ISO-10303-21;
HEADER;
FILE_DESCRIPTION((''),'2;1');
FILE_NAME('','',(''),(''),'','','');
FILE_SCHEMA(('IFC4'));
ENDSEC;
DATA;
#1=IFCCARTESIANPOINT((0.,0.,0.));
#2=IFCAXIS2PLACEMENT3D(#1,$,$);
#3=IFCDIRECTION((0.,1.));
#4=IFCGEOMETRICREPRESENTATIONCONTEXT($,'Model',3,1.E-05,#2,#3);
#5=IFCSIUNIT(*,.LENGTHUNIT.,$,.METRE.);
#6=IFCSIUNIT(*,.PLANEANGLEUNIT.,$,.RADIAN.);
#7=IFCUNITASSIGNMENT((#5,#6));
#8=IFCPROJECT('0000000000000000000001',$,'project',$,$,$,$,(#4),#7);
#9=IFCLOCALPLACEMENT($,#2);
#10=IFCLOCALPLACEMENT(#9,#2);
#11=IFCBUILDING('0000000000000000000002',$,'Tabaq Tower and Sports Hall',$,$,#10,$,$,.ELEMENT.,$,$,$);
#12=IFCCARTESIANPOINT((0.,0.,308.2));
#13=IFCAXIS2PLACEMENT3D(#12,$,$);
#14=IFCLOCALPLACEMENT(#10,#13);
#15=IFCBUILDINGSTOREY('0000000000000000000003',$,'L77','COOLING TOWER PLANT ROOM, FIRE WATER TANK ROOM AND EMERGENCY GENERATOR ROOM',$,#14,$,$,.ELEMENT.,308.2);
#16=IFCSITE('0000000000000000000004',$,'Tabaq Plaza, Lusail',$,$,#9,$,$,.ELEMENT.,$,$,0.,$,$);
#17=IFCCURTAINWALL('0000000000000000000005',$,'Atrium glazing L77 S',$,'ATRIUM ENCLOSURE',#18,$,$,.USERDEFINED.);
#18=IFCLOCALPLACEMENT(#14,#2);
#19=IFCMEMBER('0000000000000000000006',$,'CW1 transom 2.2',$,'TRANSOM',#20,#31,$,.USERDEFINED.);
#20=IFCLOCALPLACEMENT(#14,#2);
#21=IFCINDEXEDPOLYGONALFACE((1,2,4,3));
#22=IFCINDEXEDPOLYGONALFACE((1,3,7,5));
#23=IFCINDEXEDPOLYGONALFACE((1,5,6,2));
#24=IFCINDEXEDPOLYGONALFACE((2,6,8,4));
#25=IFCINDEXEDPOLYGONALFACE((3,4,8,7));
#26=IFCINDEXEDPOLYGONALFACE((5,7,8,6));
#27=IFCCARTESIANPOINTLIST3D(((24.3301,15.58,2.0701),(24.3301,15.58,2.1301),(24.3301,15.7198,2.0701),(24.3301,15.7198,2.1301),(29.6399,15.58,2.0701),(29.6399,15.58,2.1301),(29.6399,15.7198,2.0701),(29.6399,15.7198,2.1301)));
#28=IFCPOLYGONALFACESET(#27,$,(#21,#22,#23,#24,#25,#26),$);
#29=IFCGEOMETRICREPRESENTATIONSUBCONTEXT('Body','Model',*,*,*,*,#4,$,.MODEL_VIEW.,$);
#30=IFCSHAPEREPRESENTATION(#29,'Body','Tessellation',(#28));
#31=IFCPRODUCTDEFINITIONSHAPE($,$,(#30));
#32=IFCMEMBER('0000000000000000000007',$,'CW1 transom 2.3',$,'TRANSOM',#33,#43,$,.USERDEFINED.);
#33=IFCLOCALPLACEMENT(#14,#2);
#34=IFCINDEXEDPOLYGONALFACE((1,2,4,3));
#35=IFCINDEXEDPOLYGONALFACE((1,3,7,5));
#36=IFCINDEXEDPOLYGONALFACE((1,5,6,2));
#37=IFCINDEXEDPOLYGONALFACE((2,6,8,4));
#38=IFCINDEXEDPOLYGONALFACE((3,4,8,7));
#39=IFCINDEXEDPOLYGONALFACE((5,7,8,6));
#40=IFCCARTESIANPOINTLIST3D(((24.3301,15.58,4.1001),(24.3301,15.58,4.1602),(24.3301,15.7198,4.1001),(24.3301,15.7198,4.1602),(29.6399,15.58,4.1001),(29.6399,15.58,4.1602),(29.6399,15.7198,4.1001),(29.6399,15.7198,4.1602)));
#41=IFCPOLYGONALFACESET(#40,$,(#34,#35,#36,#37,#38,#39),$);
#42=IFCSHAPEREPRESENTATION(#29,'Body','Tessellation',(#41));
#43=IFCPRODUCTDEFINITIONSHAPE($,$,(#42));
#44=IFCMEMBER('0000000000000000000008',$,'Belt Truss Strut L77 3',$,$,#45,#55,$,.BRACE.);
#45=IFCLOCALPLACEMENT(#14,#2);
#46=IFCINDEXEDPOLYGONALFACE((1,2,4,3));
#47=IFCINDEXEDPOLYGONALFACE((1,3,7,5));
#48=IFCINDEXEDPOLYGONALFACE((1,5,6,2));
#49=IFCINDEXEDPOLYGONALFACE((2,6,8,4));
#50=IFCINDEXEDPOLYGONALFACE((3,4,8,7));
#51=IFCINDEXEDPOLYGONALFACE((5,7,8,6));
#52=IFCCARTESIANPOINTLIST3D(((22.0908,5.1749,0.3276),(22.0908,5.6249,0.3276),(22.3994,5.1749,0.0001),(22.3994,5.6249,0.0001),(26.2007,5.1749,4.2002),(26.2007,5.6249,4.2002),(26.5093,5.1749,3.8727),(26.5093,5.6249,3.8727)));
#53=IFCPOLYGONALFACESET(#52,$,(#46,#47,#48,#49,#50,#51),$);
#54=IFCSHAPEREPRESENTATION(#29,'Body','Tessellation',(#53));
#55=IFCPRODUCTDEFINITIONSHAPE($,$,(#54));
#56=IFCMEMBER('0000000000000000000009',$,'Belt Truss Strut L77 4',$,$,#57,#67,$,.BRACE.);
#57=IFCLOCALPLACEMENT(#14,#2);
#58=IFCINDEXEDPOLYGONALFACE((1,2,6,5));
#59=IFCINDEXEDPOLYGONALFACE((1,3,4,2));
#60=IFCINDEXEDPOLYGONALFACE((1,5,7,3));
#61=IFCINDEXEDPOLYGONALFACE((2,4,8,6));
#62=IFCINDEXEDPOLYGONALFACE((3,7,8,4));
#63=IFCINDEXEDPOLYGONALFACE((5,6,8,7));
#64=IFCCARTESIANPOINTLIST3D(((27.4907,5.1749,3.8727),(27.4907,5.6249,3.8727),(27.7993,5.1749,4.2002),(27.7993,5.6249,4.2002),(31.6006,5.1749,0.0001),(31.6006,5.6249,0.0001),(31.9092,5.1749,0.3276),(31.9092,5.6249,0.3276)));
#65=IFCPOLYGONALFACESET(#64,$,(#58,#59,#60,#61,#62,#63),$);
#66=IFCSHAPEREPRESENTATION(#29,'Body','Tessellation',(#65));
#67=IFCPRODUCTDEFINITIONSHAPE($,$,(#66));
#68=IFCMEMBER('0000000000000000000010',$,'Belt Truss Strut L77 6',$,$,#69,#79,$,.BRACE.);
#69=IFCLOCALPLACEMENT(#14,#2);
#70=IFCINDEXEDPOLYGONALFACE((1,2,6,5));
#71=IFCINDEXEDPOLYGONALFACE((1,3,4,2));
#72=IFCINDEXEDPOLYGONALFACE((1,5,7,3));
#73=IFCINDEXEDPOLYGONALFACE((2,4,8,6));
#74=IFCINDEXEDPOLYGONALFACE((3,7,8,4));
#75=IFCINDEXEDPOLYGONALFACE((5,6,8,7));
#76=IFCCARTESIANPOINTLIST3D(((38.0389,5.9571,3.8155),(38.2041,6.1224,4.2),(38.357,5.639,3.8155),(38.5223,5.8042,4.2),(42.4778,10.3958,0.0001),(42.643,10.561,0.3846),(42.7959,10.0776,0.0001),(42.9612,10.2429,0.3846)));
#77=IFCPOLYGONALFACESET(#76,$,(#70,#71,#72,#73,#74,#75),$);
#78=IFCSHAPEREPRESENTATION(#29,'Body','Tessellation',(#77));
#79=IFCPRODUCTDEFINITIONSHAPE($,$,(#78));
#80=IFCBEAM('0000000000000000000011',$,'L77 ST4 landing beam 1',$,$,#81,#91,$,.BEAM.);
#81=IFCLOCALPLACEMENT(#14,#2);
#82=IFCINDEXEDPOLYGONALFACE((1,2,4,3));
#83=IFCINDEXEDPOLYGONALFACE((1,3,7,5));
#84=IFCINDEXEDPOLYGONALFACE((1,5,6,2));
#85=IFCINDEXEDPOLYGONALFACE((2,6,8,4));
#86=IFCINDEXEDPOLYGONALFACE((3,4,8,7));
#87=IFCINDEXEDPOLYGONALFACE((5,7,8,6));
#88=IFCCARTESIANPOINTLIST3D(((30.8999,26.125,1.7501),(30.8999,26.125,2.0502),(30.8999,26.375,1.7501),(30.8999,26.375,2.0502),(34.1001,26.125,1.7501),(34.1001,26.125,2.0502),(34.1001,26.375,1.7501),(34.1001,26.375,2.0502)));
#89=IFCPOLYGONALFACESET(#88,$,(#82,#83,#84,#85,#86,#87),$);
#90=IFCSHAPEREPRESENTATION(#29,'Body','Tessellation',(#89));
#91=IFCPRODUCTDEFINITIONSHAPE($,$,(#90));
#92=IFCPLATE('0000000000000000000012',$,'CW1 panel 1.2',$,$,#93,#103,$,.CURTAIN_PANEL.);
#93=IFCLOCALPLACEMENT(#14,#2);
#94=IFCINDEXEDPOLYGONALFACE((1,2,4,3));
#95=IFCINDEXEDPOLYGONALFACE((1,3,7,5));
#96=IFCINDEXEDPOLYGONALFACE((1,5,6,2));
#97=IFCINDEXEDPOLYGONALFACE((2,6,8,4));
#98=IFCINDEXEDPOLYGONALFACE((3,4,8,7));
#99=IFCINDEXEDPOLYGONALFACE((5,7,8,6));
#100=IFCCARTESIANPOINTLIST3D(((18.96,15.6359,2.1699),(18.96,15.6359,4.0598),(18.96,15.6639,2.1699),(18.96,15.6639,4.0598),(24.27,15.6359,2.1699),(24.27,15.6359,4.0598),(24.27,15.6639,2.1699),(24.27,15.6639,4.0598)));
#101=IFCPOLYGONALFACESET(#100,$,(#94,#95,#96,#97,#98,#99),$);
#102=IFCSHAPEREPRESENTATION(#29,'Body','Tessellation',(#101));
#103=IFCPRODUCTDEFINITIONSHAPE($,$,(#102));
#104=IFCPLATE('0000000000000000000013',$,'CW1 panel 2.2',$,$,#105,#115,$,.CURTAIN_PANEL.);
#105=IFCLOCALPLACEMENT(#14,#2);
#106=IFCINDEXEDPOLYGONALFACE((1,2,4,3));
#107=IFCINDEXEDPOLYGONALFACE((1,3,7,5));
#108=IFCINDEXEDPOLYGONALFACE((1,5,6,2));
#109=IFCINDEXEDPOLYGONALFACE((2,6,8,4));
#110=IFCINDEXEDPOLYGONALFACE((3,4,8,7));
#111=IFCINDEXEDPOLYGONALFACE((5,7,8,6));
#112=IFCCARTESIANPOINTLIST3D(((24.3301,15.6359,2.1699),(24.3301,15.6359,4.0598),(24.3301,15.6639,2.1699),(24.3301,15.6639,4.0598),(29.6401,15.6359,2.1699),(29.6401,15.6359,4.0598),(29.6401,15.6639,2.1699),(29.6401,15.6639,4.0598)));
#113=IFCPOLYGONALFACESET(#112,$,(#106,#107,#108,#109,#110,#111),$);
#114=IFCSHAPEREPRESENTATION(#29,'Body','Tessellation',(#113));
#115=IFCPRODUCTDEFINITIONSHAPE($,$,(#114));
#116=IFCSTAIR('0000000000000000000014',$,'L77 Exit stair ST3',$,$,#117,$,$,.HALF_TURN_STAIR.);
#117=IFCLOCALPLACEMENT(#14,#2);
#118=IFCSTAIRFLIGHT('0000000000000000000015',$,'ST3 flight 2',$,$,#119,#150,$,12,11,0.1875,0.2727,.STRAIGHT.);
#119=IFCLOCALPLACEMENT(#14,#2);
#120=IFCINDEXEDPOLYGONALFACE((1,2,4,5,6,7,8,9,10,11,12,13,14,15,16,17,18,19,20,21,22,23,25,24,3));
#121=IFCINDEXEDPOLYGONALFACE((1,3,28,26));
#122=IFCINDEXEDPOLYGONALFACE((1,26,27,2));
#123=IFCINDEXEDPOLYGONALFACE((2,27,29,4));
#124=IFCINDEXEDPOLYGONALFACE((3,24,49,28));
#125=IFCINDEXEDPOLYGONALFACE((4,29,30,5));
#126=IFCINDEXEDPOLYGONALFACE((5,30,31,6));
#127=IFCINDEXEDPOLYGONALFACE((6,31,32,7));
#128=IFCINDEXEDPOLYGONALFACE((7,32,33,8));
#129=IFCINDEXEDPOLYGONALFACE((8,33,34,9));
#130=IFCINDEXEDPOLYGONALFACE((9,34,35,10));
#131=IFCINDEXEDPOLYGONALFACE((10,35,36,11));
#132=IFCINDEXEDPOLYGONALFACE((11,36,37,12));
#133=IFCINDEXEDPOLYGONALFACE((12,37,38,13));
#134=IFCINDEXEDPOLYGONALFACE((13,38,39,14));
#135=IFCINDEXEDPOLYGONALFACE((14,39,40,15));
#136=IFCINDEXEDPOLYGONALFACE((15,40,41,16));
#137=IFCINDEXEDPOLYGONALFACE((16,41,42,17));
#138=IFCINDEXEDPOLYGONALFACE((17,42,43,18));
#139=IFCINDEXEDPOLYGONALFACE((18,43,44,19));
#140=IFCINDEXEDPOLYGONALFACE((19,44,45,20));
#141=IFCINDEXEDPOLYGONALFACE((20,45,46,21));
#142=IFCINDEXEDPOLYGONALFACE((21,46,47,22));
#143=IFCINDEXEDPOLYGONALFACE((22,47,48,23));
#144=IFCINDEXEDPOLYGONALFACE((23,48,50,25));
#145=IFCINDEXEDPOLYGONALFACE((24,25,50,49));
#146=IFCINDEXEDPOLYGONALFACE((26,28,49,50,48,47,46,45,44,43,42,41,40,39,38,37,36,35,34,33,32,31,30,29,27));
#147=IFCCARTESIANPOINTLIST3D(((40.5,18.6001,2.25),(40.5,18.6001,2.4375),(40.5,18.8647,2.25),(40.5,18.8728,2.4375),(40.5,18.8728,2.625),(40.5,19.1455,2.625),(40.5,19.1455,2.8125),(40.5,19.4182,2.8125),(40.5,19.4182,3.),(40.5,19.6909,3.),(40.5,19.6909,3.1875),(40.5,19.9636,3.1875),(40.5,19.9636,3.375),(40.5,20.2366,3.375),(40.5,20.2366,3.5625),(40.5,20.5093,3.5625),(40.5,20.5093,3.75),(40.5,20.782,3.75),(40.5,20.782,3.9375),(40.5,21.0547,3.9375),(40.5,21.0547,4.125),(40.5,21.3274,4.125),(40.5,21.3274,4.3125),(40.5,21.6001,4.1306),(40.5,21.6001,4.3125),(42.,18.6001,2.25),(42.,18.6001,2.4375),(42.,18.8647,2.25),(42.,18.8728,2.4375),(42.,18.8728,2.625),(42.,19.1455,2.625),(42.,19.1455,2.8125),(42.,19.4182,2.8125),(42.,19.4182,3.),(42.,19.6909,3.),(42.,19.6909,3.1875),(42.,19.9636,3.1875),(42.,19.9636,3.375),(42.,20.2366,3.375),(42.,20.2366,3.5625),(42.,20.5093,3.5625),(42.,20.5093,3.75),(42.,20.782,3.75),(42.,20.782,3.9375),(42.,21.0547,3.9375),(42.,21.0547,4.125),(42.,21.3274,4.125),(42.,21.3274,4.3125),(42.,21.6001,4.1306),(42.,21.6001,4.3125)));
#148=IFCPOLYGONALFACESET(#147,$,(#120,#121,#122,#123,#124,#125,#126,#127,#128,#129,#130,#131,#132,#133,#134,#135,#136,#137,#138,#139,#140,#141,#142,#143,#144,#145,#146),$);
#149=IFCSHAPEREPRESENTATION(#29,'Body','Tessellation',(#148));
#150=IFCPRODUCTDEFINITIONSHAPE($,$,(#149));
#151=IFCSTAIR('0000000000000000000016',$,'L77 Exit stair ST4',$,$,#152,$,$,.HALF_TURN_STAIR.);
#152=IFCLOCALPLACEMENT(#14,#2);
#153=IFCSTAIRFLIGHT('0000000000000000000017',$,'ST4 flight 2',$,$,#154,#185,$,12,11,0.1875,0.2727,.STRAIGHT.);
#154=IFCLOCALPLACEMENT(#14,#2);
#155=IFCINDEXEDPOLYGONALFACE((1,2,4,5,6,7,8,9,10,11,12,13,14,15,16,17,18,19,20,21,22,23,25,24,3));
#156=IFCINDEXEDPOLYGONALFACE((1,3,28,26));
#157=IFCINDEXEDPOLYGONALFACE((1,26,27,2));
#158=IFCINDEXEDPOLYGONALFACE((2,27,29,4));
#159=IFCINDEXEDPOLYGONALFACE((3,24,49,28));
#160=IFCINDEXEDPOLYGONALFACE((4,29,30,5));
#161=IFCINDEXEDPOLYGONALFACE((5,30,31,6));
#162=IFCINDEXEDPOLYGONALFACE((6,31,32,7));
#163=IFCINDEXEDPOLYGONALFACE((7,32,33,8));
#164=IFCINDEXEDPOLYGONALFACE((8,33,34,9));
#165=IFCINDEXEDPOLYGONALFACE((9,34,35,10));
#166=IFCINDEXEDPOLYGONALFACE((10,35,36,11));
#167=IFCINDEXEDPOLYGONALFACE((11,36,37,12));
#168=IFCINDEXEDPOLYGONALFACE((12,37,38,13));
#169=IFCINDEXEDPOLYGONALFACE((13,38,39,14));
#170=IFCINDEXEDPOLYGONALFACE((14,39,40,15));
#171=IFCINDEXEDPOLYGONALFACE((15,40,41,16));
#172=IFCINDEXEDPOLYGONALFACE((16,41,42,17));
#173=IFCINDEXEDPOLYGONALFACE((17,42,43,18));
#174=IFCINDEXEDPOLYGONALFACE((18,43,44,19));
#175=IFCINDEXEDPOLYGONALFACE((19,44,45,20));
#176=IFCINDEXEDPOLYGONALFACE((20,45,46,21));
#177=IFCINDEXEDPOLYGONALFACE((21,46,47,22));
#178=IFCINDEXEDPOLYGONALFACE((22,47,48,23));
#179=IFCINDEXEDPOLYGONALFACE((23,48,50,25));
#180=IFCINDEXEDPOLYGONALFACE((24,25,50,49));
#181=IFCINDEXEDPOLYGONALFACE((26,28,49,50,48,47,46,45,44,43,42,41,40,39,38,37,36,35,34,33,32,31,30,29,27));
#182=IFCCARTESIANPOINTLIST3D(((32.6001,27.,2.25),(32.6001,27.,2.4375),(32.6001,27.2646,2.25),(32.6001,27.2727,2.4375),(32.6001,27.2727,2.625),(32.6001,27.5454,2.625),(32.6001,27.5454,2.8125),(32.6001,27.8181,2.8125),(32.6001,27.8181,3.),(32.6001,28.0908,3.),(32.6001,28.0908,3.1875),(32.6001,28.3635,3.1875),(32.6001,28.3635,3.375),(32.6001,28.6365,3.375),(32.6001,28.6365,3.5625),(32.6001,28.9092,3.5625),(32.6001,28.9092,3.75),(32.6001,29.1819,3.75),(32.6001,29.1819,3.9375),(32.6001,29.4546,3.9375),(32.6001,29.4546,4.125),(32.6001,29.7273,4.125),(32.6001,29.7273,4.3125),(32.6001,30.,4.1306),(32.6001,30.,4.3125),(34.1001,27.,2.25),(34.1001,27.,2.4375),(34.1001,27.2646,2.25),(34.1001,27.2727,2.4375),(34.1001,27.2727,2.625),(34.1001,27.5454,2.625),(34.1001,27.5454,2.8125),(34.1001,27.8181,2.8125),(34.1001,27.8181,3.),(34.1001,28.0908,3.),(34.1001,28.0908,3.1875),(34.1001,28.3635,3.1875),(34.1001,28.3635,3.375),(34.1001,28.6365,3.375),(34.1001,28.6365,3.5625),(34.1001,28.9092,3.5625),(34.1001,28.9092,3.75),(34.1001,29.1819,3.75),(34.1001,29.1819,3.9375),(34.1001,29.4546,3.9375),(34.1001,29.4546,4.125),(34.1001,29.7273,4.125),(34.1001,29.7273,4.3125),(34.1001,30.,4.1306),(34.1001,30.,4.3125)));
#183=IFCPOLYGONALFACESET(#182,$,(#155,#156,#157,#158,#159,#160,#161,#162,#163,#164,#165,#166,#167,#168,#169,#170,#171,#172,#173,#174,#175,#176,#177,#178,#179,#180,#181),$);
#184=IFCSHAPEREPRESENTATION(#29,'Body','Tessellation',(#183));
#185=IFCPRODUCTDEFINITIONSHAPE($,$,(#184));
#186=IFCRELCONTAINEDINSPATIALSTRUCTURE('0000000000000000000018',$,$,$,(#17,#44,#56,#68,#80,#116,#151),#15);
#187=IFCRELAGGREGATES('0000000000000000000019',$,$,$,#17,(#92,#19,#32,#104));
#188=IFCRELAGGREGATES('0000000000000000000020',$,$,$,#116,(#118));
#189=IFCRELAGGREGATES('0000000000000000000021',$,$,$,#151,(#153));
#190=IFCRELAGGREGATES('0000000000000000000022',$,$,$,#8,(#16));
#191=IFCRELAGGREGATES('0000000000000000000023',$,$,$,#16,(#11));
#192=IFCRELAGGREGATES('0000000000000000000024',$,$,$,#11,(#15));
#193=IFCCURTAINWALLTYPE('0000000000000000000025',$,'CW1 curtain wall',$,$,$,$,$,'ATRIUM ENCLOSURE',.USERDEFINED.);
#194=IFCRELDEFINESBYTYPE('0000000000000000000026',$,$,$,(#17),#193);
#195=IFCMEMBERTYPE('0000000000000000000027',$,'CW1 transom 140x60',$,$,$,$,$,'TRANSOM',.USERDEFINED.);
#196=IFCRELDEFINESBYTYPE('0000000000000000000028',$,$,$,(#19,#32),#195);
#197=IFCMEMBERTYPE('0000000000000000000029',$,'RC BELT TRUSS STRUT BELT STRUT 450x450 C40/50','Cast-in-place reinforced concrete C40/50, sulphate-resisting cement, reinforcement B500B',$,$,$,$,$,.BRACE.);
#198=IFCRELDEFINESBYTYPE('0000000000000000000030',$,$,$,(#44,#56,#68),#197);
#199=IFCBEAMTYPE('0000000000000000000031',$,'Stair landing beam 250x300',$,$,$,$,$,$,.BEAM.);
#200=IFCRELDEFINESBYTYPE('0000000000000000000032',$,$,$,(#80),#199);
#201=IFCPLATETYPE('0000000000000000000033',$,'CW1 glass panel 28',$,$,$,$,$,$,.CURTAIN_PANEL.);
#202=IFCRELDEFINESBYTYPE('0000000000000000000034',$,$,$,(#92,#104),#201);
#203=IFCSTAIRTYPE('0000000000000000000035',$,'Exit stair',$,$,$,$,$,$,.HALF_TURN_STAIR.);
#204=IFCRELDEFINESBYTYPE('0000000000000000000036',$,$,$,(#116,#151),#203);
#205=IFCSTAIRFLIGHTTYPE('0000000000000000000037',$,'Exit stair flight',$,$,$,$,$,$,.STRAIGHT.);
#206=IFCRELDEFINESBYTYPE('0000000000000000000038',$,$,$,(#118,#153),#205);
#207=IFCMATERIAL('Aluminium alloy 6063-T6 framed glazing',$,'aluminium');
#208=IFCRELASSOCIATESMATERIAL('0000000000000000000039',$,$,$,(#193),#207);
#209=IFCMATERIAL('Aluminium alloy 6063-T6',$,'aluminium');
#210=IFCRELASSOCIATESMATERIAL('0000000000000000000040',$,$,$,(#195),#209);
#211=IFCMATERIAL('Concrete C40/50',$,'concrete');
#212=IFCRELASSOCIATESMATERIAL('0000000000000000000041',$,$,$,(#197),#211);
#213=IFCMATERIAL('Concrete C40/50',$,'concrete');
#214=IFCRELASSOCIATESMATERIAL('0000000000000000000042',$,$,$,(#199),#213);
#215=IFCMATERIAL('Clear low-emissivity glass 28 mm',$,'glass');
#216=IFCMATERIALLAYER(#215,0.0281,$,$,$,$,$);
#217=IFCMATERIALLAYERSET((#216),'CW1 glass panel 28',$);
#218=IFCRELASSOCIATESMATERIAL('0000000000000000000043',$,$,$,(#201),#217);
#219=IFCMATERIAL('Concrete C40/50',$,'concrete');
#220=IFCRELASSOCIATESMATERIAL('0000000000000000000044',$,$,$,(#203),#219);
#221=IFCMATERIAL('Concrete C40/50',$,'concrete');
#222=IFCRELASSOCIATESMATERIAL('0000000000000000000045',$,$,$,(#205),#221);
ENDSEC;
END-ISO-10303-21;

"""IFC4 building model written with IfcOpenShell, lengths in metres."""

from ifc_helpers import new_model, si_unit, direction, frame, origin, origin_2d, place, context, subcontext, project, spatial, polyline, rectangle, outline, extrude, material, layer, layer_set, material_profile, profile_set, type_object, element, aggregate, save


model = new_model("IFC4")

# Units and contexts
model_context = context("Model", 3, precision=1e-05, world=origin(), true_north=direction((0.0, 1.0)))
body_context = subcontext(model_context, "Body", "Model", "MODEL_VIEW")
ifc_project = project(units=[si_unit("LENGTHUNIT", "METRE"), si_unit("PLANEANGLEUNIT", "RADIAN")], contexts=[model_context])

# Site, building, storey
site_placement = place(None, origin())
site = spatial("IfcSite", under=ifc_project, at=site_placement, Name="Tabaq Plaza, Lusail", CompositionType="ELEMENT", RefElevation=0.0)
building_placement = place(site_placement, origin())
building = spatial("IfcBuilding", under=site, at=building_placement, Name="Tabaq Tower and Sports Hall", CompositionType="ELEMENT")
storey_placement = place(building_placement, frame((0.0, 0.0, 308.2)))
storey = spatial("IfcBuildingStorey", under=building, at=storey_placement, Name="L77", Description="COOLING TOWER PLANT ROOM, FIRE WATER TANK ROOM AND EMERGENCY GENERATOR ROOM", CompositionType="ELEMENT", Elevation=308.2)

# Curtain wall, members
ifc_material_1 = material(Name="Aluminium alloy 6063-T6 framed glazing", Category="aluminium")
curtain_wall_type = type_object("IfcCurtainWallType", Name="CW1 curtain wall", ElementType="ATRIUM ENCLOSURE", PredefinedType="USERDEFINED", material=ifc_material_1)
curtain_wall_placement = place(storey_placement, origin())
curtain_wall = element("IfcCurtainWall", 1, at=curtain_wall_placement, inside=storey, type_object=curtain_wall_type, Name="Atrium glazing L77 S", ObjectType="ATRIUM ENCLOSURE", PredefinedType="USERDEFINED")
ifc_material_2 = material(Name="Aluminium alloy 6063-T6", Category="aluminium")
ifc_material_profile_1 = material_profile(ifc_material_2, rectangle(XDim=0.1399, YDim=0.0601, at=origin_2d()), Name="TRANSOM 140x60")
ifc_profile_set_1 = profile_set([ifc_material_profile_1], Name="Aluminium alloy 6063-T6")
member_type_1 = type_object("IfcMemberType", Name="CW1 transom 140x60", ElementType="TRANSOM", PredefinedType="USERDEFINED", material=ifc_profile_set_1)
member_1_placement = place(storey_placement, frame((24.3301, 15.6499, 2.1001), z_axis=(1.0, 0.0, 0.0), x_axis=(0.0, 1.0, 0.0)))
member_1 = element("IfcMember", 2, at=member_1_placement, type_object=member_type_1, Name="CW1 transom 2.2", ObjectType="TRANSOM", PredefinedType="USERDEFINED", context=body_context, shape_type="SweptSolid", body=[
    extrude(rectangle(XDim=0.1399, YDim=0.0601, at=origin_2d()), origin(), (0.0, 0.0, 1.0), 5.3098),
])
member_2_placement = place(storey_placement, frame((24.3301, 15.6499, 4.1301), z_axis=(1.0, 0.0, 0.0), x_axis=(0.0, 1.0, 0.0)))
member_2 = element("IfcMember", 3, at=member_2_placement, type_object=member_type_1, Name="CW1 transom 2.3", ObjectType="TRANSOM", PredefinedType="USERDEFINED", context=body_context, shape_type="SweptSolid", body=[
    extrude(rectangle(XDim=0.1399, YDim=0.0601, at=origin_2d()), origin(), (0.0, 0.0, 1.0), 5.3098),
])

# Members
ifc_material_3 = material(Name="Concrete C40/50", Category="concrete")
ifc_material_profile_2 = material_profile(ifc_material_3, rectangle(XDim=0.45, YDim=0.45, at=origin_2d()), Name="BELT STRUT 450x450")
ifc_profile_set_2 = profile_set([ifc_material_profile_2], Name="Concrete C40/50")
member_type_2 = type_object("IfcMemberType", Name="RC BELT TRUSS STRUT BELT STRUT 450x450 C40/50", Description="Cast-in-place reinforced concrete C40/50, sulphate-resisting cement, reinforcement B500B", PredefinedType="BRACE", material=ifc_profile_set_2)
for number, where, z_axis, x_axis, name in (
    (4, (22.2451, 5.3999, 0.1638), (0.727806, 0.0, 0.685783), (0.0, 1.0, 0.0), "Belt Truss Strut L77 3"),
    (5, (31.7549, 5.3999, 0.1638), (-0.727806, 0.0, 0.685783), (0.0, -1.0, 0.0), "Belt Truss Strut L77 4"),
):
    element("IfcMember", number, at=place(storey_placement, frame(where, z_axis=z_axis, x_axis=x_axis)), inside=storey, type_object=member_type_2, Name=name, PredefinedType="BRACE", context=body_context, shape_type="SweptSolid", body=[
        extrude(rectangle(XDim=0.45, YDim=0.45, at=origin_2d()), origin(), (0.0, 0.0, 1.0), 5.647),
    ])
member_3_placement = place(storey_placement, frame((42.7195, 10.3193, 0.1924), z_axis=(-0.604267, -0.604234, 0.519387), x_axis=(0.707087, -0.707126, 0.0)))
element("IfcMember", 6, at=member_3_placement, inside=storey, type_object=member_type_2, Name="Belt Truss Strut L77 6", PredefinedType="BRACE", context=body_context, shape_type="SweptSolid", body=[
    extrude(rectangle(XDim=0.45, YDim=0.45, at=origin_2d()), origin(), (0.0, 0.0, 1.0), 7.3459),
])

# Beam
ifc_material_4 = material(Name="Concrete C40/50", Category="concrete")
ifc_material_profile_3 = material_profile(ifc_material_4, rectangle(XDim=0.25, YDim=0.3, at=origin_2d()), Name="RC 250x300")
ifc_profile_set_3 = profile_set([ifc_material_profile_3], Name="Concrete C40/50")
beam_type = type_object("IfcBeamType", Name="Stair landing beam 250x300", PredefinedType="BEAM", material=ifc_profile_set_3)
beam_placement = place(storey_placement, frame((30.8999, 26.25, 1.9001), z_axis=(1.0, 0.0, 0.0), x_axis=(0.0, 1.0, 0.0)))
element("IfcBeam", 7, at=beam_placement, inside=storey, type_object=beam_type, Name="L77 ST4 landing beam 1", PredefinedType="BEAM", context=body_context, shape_type="SweptSolid", body=[
    extrude(rectangle(XDim=0.25, YDim=0.3, at=origin_2d()), origin(), (0.0, 0.0, 1.0), 3.2002),
])

# Plates
ifc_material_5 = material(Name="Clear low-emissivity glass 28 mm", Category="glass")
ifc_layer_1 = layer(ifc_material_5, 0.0281)
ifc_layer_set_1 = layer_set([ifc_layer_1], Name="CW1 glass panel 28")
plate_type_1 = type_object("IfcPlateType", Name="CW1 glass panel 28", PredefinedType="CURTAIN_PANEL", material=ifc_layer_set_1)
plate_1_placement = place(storey_placement, frame((21.615, 15.6499, 2.1699), z_axis=(0.0, 0.0, 1.0), x_axis=(1.0, 0.0, 0.0)))
plate_1 = element("IfcPlate", 8, at=plate_1_placement, type_object=plate_type_1, Name="CW1 panel 1.2", PredefinedType="CURTAIN_PANEL", context=body_context, shape_type="SweptSolid", body=[
    extrude(rectangle(XDim=5.3101, YDim=0.0281, at=origin_2d()), origin(), (0.0, 0.0, 1.0), 1.8899),
])
plate_2_placement = place(storey_placement, frame((26.9851, 15.6499, 2.1699), z_axis=(0.0, 0.0, 1.0), x_axis=(1.0, 0.0, 0.0)))
plate_2 = element("IfcPlate", 9, at=plate_2_placement, type_object=plate_type_1, Name="CW1 panel 2.2", PredefinedType="CURTAIN_PANEL", context=body_context, shape_type="SweptSolid", body=[
    extrude(rectangle(XDim=5.3101, YDim=0.0281, at=origin_2d()), origin(), (0.0, 0.0, 1.0), 1.8899),
])
aggregate(curtain_wall, [plate_1, member_1, member_2, plate_2])

# Stairs, stair flights
ifc_material_6 = material(Name="Concrete C40/50", Category="concrete")
stair_type = type_object("IfcStairType", Name="Exit stair", PredefinedType="HALF_TURN_STAIR", material=ifc_material_6)
stair_1_placement = place(storey_placement, origin())
stair_1 = element("IfcStair", 10, at=stair_1_placement, inside=storey, type_object=stair_type, Name="L77 Exit stair ST3", PredefinedType="HALF_TURN_STAIR")
ifc_material_7 = material(Name="Concrete C40/50", Category="concrete")
stair_flight_type = type_object("IfcStairFlightType", Name="Exit stair flight", PredefinedType="STRAIGHT", material=ifc_material_7)
stair_flight_1_placement = place(storey_placement, frame((41.25, 18.6001, 2.25), z_axis=(0.0, 0.0, 1.0), x_axis=(0.0, 1.0, 0.0)))
stair_flight_1 = element("IfcStairFlight", 11, at=stair_flight_1_placement, type_object=stair_flight_type, Name="ST3 flight 2", NumberOfRisers=12, NumberOfTreads=11, PredefinedType="STRAIGHT", RiserHeight=0.1875, TreadLength=0.2727, context=body_context, shape_type="SweptSolid", body=[
    extrude(outline(polyline([(0.0, 0.0), (0.0, 0.1875), (0.2727, 0.1875), (0.2727, 0.375), (0.5454, 0.375), (0.5454, 0.5625), (0.8181, 0.5625), (0.8181, 0.75), (1.0908, 0.75), (1.0908, 0.9375), (1.3635, 0.9375), (1.3635, 1.125), (1.6365, 1.125), (1.6365, 1.3125), (1.9092, 1.3125), (1.9092, 1.5), (2.1819, 1.5), (2.1819, 1.6875), (2.4546, 1.6875), (2.4546, 1.875), (2.7273, 1.875), (2.7273, 2.0625), (3.0, 2.0625), (3.0, 2.25), (3.0, 1.8806), (0.2646, 0.0), (0.0, 0.0)])), frame((0.0, 0.75, 0.0), z_axis=(0.0, -1.0, 0.0), x_axis=(1.0, 0.0, 0.0)), (0.0, 0.0, 1.0), 1.5),
])
aggregate(stair_1, [stair_flight_1])
stair_2_placement = place(storey_placement, origin())
stair_2 = element("IfcStair", 12, at=stair_2_placement, inside=storey, type_object=stair_type, Name="L77 Exit stair ST4", PredefinedType="HALF_TURN_STAIR")
stair_flight_2_placement = place(storey_placement, frame((33.3501, 27.0, 2.25), z_axis=(0.0, 0.0, 1.0), x_axis=(0.0, 1.0, 0.0)))
stair_flight_2 = element("IfcStairFlight", 13, at=stair_flight_2_placement, type_object=stair_flight_type, Name="ST4 flight 2", NumberOfRisers=12, NumberOfTreads=11, PredefinedType="STRAIGHT", RiserHeight=0.1875, TreadLength=0.2727, context=body_context, shape_type="SweptSolid", body=[
    extrude(outline(polyline([(0.0, 0.0), (0.0, 0.1875), (0.2727, 0.1875), (0.2727, 0.375), (0.5454, 0.375), (0.5454, 0.5625), (0.8181, 0.5625), (0.8181, 0.75), (1.0908, 0.75), (1.0908, 0.9375), (1.3635, 0.9375), (1.3635, 1.125), (1.6365, 1.125), (1.6365, 1.3125), (1.9092, 1.3125), (1.9092, 1.5), (2.1819, 1.5), (2.1819, 1.6875), (2.4546, 1.6875), (2.4546, 1.875), (2.7273, 1.875), (2.7273, 2.0625), (3.0, 2.0625), (3.0, 2.25), (3.0, 1.8806), (0.2646, 0.0), (0.0, 0.0)])), frame((0.0, 0.75, 0.0), z_axis=(0.0, -1.0, 0.0), x_axis=(1.0, 0.0, 0.0)), (0.0, 0.0, 1.0), 1.5),
])
aggregate(stair_2, [stair_flight_2])

save(model, "model.ifc")
